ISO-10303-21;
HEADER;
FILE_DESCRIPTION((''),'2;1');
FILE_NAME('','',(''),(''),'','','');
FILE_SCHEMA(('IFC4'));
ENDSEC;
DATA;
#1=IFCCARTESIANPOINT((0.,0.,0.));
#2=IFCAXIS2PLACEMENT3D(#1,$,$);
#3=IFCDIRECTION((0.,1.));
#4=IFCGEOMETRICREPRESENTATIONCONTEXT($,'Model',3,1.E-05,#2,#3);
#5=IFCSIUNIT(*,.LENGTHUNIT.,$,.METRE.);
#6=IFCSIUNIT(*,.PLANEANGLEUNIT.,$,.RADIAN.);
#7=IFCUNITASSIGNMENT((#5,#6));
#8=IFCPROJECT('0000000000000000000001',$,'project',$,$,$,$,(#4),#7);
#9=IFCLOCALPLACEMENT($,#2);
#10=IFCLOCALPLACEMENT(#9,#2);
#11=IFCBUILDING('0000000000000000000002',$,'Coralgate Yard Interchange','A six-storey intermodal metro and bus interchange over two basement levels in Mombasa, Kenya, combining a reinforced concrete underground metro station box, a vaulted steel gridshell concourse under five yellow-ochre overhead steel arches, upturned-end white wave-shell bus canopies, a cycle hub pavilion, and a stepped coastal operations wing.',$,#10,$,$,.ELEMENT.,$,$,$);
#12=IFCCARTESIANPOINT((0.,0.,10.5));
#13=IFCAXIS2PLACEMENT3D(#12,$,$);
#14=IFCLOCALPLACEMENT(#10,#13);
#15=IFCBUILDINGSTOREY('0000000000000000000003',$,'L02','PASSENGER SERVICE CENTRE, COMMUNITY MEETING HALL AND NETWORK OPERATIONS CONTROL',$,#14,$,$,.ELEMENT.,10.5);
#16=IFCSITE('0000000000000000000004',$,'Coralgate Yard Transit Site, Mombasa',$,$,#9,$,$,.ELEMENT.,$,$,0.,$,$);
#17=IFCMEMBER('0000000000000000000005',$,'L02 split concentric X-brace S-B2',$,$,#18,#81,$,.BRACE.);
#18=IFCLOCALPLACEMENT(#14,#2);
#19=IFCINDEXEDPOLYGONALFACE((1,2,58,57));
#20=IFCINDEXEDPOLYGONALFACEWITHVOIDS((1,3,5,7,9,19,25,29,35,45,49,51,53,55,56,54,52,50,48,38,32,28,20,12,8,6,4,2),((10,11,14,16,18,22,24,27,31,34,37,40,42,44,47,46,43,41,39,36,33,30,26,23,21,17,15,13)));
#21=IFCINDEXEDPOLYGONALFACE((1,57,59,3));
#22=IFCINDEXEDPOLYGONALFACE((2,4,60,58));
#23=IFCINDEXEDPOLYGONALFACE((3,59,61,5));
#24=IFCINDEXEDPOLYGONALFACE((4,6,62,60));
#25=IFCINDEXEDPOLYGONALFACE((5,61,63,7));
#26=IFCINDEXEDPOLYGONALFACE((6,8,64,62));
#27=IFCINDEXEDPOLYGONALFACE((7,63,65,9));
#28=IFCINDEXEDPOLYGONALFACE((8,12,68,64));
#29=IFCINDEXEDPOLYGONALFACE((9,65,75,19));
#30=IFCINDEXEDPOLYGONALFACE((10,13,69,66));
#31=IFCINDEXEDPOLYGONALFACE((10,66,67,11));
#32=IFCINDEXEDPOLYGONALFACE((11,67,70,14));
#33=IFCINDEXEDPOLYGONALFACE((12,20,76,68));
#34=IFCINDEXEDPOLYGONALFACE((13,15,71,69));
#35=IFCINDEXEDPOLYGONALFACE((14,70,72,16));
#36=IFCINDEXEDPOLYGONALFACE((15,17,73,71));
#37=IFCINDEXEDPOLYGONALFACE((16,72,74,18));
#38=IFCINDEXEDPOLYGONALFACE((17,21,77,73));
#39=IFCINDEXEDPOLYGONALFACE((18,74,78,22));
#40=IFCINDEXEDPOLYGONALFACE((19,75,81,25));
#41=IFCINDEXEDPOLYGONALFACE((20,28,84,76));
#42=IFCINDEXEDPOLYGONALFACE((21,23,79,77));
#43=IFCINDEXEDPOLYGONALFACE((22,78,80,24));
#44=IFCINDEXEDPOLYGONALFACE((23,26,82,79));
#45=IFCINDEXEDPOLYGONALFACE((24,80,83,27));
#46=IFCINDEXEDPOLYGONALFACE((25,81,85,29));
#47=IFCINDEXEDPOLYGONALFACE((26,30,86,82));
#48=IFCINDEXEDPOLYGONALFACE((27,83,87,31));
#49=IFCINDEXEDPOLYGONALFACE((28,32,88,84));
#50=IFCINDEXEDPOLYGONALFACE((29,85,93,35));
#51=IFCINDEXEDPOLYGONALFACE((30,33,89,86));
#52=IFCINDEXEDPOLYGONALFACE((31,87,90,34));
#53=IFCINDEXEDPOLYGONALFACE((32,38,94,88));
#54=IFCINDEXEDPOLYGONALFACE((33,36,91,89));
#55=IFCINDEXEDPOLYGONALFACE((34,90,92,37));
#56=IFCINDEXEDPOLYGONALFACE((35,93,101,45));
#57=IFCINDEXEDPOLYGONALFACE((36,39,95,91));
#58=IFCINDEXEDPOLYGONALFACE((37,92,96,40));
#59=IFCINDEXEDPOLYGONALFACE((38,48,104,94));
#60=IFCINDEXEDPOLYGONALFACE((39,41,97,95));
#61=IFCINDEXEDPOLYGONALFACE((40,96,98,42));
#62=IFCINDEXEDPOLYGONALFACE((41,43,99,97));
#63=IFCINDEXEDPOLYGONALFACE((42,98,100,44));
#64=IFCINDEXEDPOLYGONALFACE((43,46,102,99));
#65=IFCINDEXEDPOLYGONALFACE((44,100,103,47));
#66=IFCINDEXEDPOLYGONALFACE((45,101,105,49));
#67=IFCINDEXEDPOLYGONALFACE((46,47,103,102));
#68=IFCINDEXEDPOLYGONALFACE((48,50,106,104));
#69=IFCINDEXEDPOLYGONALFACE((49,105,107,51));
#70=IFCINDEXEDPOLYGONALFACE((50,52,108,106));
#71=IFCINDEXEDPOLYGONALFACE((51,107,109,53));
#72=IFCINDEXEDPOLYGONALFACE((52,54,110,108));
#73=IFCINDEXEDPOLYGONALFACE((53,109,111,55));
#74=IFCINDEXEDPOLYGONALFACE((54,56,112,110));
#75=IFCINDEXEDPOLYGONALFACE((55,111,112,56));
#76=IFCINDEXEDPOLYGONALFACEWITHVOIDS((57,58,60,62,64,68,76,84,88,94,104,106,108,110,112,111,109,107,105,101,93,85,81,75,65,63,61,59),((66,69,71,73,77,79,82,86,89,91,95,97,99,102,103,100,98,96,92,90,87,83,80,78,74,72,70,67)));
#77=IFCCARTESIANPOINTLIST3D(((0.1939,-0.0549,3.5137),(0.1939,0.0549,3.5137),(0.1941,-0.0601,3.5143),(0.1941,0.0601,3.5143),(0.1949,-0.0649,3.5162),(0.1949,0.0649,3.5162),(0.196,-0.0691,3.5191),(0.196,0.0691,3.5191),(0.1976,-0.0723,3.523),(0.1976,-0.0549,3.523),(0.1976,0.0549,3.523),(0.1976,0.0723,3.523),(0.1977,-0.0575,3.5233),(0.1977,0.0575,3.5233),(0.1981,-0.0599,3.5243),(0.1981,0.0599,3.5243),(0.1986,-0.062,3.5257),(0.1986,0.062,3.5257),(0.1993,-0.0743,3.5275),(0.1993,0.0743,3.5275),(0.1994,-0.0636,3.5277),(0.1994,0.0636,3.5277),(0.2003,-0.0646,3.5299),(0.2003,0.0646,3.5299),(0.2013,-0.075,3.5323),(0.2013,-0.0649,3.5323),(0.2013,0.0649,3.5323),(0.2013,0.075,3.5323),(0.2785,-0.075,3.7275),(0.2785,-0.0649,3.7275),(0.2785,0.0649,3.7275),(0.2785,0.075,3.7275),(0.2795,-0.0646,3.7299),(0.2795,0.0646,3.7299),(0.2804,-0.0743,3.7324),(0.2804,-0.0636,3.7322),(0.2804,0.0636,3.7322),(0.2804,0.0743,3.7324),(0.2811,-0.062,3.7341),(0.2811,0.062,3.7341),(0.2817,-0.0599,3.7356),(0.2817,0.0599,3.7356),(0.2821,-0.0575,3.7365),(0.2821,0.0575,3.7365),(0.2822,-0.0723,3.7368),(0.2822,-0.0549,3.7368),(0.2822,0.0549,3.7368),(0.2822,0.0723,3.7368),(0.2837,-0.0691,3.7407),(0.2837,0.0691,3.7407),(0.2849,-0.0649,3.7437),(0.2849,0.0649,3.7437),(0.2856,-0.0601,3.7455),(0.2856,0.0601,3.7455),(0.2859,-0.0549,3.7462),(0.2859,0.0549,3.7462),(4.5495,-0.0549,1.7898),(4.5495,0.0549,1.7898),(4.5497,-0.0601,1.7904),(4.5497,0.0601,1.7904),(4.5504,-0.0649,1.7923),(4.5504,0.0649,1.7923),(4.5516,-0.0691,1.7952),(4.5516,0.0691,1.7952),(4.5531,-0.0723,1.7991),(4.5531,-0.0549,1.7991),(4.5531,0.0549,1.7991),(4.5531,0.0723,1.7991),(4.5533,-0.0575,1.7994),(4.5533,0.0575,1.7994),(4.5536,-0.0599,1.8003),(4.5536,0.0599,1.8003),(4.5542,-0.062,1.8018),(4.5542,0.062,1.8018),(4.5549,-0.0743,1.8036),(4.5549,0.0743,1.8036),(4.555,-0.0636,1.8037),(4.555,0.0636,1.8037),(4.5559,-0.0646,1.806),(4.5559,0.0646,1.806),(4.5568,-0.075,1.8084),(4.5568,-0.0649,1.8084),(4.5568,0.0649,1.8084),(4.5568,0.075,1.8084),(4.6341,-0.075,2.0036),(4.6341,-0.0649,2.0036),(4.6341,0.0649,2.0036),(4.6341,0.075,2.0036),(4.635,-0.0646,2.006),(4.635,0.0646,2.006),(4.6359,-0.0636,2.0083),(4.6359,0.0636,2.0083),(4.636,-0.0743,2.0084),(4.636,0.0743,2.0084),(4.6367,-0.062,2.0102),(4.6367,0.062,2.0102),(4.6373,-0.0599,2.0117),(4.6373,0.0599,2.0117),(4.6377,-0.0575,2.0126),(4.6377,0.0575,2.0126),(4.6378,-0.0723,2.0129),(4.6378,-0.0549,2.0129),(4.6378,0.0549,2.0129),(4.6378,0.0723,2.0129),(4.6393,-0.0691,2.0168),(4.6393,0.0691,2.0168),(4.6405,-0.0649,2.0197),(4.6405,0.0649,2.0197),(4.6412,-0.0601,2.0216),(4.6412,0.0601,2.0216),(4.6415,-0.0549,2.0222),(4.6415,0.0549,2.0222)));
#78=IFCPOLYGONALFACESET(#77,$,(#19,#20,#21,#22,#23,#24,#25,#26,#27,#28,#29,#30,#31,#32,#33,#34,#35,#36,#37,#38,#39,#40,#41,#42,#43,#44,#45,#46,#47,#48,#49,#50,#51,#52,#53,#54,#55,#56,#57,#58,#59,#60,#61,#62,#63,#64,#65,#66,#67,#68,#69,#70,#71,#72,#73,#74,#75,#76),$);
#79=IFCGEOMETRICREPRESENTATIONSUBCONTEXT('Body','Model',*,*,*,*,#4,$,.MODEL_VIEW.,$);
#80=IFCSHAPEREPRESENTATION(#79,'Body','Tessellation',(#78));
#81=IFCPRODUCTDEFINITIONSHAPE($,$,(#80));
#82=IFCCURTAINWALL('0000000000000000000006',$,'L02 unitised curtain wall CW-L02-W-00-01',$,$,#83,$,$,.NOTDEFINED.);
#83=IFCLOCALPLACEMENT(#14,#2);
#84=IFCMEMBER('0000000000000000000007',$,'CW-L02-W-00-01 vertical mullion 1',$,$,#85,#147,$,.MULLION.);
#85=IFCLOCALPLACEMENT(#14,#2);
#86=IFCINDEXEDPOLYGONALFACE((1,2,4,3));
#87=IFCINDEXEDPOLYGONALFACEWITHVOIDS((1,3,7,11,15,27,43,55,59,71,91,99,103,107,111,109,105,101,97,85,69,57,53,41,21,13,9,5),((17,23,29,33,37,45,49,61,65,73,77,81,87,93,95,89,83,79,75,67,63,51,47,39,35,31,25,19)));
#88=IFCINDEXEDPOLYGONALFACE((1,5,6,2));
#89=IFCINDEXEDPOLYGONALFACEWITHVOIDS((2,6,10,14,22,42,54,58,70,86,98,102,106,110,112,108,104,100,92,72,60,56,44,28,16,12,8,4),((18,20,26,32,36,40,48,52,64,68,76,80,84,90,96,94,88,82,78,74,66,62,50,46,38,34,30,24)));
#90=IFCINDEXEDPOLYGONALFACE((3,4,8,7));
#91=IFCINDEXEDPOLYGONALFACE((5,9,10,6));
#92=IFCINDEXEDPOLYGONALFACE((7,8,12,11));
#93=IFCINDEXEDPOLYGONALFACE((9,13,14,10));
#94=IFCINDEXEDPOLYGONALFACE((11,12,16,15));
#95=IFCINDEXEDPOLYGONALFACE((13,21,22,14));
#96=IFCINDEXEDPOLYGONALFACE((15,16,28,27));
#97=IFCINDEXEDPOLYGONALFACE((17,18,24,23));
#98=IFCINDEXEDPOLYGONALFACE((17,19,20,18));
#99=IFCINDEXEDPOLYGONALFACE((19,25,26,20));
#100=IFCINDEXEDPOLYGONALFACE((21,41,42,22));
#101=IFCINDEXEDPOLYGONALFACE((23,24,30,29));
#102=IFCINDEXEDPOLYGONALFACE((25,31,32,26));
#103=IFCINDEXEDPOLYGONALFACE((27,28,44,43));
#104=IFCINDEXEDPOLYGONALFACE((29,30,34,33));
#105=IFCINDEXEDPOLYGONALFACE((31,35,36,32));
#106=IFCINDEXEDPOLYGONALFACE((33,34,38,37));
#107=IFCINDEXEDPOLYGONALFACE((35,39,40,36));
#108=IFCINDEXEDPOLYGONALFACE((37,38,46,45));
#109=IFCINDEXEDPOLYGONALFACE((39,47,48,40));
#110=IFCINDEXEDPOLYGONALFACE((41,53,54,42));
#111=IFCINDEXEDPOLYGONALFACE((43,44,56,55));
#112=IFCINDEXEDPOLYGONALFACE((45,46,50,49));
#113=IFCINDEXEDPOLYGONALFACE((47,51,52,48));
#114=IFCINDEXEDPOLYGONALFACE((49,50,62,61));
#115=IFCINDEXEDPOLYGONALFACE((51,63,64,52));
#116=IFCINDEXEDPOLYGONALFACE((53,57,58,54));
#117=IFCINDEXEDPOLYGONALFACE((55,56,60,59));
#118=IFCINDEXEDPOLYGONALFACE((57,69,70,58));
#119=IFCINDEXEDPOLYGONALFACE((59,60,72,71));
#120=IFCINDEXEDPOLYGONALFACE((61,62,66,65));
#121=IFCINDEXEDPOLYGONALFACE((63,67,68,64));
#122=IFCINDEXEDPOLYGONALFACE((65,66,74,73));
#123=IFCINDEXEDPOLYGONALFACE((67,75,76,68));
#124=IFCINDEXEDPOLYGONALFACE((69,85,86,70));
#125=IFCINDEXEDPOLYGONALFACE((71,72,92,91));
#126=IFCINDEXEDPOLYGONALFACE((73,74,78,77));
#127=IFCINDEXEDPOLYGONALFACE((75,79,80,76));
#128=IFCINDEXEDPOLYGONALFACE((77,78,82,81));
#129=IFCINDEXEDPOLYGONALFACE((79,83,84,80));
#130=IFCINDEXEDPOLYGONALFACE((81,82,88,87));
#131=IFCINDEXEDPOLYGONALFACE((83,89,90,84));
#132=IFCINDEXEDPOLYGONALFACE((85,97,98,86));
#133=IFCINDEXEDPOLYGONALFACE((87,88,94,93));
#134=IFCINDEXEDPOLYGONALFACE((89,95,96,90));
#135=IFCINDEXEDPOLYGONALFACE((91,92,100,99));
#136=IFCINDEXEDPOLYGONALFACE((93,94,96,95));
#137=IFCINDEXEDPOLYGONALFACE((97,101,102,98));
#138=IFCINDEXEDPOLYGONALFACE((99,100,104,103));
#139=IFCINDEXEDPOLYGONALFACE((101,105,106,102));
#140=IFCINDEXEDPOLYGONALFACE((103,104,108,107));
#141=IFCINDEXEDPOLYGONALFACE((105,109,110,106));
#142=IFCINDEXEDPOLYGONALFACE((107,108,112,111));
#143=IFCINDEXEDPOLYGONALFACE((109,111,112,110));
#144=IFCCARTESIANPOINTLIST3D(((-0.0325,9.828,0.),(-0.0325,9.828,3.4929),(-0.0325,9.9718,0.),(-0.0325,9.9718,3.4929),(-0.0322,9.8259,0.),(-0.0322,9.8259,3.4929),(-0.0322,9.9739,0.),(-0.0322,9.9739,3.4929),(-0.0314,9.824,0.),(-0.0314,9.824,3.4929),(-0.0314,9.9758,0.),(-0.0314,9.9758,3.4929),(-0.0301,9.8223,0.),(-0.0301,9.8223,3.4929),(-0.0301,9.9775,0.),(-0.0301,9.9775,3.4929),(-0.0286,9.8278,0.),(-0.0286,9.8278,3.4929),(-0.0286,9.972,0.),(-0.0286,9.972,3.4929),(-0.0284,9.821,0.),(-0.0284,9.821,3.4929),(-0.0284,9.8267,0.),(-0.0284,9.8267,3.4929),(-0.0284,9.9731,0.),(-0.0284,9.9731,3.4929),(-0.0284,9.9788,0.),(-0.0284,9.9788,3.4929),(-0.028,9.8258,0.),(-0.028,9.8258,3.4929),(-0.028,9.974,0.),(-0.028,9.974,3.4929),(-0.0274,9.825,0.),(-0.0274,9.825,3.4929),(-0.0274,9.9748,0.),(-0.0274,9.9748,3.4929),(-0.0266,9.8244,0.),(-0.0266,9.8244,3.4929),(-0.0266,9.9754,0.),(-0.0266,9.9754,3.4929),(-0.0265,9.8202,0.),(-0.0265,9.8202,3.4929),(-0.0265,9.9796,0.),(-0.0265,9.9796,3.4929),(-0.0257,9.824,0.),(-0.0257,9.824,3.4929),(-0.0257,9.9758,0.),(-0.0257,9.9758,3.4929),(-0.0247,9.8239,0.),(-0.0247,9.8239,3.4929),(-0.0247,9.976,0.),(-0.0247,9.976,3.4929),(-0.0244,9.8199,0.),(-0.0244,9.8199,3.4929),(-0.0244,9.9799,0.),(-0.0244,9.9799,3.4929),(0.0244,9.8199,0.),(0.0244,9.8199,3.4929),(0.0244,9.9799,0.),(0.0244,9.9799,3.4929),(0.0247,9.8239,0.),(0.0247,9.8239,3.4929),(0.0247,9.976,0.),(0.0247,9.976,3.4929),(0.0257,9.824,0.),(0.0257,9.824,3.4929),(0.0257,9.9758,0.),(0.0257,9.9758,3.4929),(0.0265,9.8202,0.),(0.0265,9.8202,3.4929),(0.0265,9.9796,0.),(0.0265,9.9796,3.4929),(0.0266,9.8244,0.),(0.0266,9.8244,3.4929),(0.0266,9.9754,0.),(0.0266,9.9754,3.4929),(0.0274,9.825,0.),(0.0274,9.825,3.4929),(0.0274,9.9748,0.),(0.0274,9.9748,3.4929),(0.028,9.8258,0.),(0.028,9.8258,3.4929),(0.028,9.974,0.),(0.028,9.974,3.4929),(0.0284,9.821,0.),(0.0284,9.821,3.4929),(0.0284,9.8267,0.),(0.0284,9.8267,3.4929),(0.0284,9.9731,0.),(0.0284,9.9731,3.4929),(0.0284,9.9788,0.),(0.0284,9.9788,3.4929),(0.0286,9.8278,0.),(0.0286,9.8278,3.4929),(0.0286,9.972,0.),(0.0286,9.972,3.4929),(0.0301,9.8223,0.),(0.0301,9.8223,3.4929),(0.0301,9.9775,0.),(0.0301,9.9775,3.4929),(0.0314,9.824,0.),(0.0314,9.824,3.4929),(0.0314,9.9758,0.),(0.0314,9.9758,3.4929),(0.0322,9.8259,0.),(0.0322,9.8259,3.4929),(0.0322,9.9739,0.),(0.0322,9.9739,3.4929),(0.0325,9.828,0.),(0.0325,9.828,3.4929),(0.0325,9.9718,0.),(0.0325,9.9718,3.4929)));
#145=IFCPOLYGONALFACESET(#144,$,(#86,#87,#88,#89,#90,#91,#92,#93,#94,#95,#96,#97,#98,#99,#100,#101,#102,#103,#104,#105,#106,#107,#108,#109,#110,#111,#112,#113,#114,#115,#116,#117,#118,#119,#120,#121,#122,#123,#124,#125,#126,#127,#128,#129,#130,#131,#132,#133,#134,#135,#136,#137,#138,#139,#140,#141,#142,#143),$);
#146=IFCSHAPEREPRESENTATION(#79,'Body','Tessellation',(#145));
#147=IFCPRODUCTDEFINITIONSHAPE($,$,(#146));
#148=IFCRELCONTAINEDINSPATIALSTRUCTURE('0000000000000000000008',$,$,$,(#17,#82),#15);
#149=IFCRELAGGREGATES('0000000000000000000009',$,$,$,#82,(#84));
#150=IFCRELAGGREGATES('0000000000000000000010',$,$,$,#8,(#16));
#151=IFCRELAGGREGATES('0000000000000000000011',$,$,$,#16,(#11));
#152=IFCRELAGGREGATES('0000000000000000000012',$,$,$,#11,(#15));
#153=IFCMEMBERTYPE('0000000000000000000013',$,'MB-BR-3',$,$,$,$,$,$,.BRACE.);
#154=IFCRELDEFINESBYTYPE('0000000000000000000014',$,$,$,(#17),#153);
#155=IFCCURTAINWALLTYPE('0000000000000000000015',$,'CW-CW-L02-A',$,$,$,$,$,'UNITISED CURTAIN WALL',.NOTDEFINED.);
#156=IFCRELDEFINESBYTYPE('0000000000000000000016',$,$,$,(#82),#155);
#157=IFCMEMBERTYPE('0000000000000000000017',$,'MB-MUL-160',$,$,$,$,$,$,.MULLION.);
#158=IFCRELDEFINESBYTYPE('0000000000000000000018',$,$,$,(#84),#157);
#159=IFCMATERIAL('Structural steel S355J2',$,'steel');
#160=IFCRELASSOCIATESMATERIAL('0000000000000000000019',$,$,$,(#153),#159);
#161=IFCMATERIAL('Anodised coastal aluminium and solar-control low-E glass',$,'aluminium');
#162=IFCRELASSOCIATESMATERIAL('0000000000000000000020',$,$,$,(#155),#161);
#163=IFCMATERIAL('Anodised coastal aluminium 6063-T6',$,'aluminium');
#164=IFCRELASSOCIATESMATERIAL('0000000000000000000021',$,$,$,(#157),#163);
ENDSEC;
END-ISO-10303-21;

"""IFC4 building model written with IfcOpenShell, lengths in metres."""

from ifc_helpers import new_model, si_unit, direction, frame, origin, origin_2d, place, context, subcontext, project, spatial, hollow_rectangle, extrude, material, material_profile, profile_set, type_object, element, aggregate, save


model = new_model("IFC4")

# Units and contexts
model_context = context("Model", 3, precision=1e-05, world=origin(), true_north=direction((0.0, 1.0)))
body_context = subcontext(model_context, "Body", "Model", "MODEL_VIEW")
ifc_project = project(units=[si_unit("LENGTHUNIT", "METRE"), si_unit("PLANEANGLEUNIT", "RADIAN")], contexts=[model_context])

# Site, building, storey
site_placement = place(None, origin())
site = spatial("IfcSite", under=ifc_project, at=site_placement, Name="Coralgate Yard Transit Site, Mombasa", CompositionType="ELEMENT", RefElevation=0.0)
building_placement = place(site_placement, origin())
building = spatial("IfcBuilding", under=site, at=building_placement, Name="Coralgate Yard Interchange", Description="A six-storey intermodal metro and bus interchange over two basement levels in Mombasa, Kenya, combining a reinforced concrete underground metro station box, a vaulted steel gridshell concourse under five yellow-ochre overhead steel arches, upturned-end white wave-shell bus canopies, a cycle hub pavilion, and a stepped coastal operations wing.", CompositionType="ELEMENT")
storey_placement = place(building_placement, frame((0.0, 0.0, 10.5)))
storey = spatial("IfcBuildingStorey", under=building, at=storey_placement, Name="L02", Description="PASSENGER SERVICE CENTRE, COMMUNITY MEETING HALL AND NETWORK OPERATIONS CONTROL", CompositionType="ELEMENT", Elevation=10.5)

# Shared definitions
ifc_material_1 = material(Name="Structural steel S355J2", Category="steel")

# Member
ifc_material_profile_1 = material_profile(ifc_material_1, hollow_rectangle(XDim=0.1499, YDim=0.25, WallThickness=0.01, InnerFilletRadius=0.01, OuterFilletRadius=0.02, at=origin_2d()), Name="RHS 250x150x10")
ifc_profile_set_1 = profile_set([ifc_material_profile_1], Name="Structural steel S355J2")
member_type_1 = type_object("IfcMemberType", Name="MB-BR-3", PredefinedType="BRACE", material=ifc_profile_set_1)
for number, where, z_axis, x_axis, name in (
    (1, (4.5955, 0.0, 1.906), (-0.929819, 0.0, 0.368018), (0.0, -1.0, 0.0), "L02 split concentric X-brace S-B2"),
):
    element("IfcMember", number, at=place(storey_placement, frame(where, z_axis=z_axis, x_axis=x_axis)), inside=storey, type_object=member_type_1, Name=name, PredefinedType="BRACE", context=body_context, shape_type="SweptSolid", body=[
        extrude(hollow_rectangle(XDim=0.1499, YDim=0.25, WallThickness=0.01, InnerFilletRadius=0.01, OuterFilletRadius=0.02, at=origin_2d()), origin(), (0.0, 0.0, 1.0), 4.6843),
    ])

# Curtain wall, member
ifc_material_2 = material(Name="Anodised coastal aluminium and solar-control low-E glass", Category="aluminium")
curtain_wall_type = type_object("IfcCurtainWallType", Name="CW-CW-L02-A", ElementType="UNITISED CURTAIN WALL", PredefinedType="NOTDEFINED", material=ifc_material_2)
curtain_wall_1_placement = place(storey_placement, origin())
curtain_wall_1 = element("IfcCurtainWall", 2, at=curtain_wall_1_placement, inside=storey, type_object=curtain_wall_type, Name="L02 unitised curtain wall CW-L02-W-00-01", PredefinedType="NOTDEFINED")
ifc_material_3 = material(Name="Anodised coastal aluminium 6063-T6", Category="aluminium")
ifc_material_profile_2 = material_profile(ifc_material_3, hollow_rectangle(XDim=0.0649, YDim=0.1599, WallThickness=0.0039, InnerFilletRadius=0.0039, OuterFilletRadius=0.0081, at=origin_2d()), Name="ALU 65x160x4")
ifc_profile_set_2 = profile_set([ifc_material_profile_2], Name="Anodised coastal aluminium 6063-T6")
member_type_2 = type_object("IfcMemberType", Name="MB-MUL-160", PredefinedType="MULLION", material=ifc_profile_set_2)
member_1_placement = place(storey_placement, frame((0.0, 9.8999, 0.0), z_axis=(0.0, 0.0, 1.0), x_axis=(1.0, 0.0, 0.0)))
member_1 = element("IfcMember", 3, at=member_1_placement, type_object=member_type_2, Name="CW-L02-W-00-01 vertical mullion 1", PredefinedType="MULLION", context=body_context, shape_type="SweptSolid", body=[
    extrude(hollow_rectangle(XDim=0.0649, YDim=0.1599, WallThickness=0.0039, InnerFilletRadius=0.0039, OuterFilletRadius=0.0081, at=origin_2d()), origin(), (0.0, 0.0, 1.0), 3.4929),
])

aggregate(curtain_wall_1, [member_1])

save(model, "model.ifc")
